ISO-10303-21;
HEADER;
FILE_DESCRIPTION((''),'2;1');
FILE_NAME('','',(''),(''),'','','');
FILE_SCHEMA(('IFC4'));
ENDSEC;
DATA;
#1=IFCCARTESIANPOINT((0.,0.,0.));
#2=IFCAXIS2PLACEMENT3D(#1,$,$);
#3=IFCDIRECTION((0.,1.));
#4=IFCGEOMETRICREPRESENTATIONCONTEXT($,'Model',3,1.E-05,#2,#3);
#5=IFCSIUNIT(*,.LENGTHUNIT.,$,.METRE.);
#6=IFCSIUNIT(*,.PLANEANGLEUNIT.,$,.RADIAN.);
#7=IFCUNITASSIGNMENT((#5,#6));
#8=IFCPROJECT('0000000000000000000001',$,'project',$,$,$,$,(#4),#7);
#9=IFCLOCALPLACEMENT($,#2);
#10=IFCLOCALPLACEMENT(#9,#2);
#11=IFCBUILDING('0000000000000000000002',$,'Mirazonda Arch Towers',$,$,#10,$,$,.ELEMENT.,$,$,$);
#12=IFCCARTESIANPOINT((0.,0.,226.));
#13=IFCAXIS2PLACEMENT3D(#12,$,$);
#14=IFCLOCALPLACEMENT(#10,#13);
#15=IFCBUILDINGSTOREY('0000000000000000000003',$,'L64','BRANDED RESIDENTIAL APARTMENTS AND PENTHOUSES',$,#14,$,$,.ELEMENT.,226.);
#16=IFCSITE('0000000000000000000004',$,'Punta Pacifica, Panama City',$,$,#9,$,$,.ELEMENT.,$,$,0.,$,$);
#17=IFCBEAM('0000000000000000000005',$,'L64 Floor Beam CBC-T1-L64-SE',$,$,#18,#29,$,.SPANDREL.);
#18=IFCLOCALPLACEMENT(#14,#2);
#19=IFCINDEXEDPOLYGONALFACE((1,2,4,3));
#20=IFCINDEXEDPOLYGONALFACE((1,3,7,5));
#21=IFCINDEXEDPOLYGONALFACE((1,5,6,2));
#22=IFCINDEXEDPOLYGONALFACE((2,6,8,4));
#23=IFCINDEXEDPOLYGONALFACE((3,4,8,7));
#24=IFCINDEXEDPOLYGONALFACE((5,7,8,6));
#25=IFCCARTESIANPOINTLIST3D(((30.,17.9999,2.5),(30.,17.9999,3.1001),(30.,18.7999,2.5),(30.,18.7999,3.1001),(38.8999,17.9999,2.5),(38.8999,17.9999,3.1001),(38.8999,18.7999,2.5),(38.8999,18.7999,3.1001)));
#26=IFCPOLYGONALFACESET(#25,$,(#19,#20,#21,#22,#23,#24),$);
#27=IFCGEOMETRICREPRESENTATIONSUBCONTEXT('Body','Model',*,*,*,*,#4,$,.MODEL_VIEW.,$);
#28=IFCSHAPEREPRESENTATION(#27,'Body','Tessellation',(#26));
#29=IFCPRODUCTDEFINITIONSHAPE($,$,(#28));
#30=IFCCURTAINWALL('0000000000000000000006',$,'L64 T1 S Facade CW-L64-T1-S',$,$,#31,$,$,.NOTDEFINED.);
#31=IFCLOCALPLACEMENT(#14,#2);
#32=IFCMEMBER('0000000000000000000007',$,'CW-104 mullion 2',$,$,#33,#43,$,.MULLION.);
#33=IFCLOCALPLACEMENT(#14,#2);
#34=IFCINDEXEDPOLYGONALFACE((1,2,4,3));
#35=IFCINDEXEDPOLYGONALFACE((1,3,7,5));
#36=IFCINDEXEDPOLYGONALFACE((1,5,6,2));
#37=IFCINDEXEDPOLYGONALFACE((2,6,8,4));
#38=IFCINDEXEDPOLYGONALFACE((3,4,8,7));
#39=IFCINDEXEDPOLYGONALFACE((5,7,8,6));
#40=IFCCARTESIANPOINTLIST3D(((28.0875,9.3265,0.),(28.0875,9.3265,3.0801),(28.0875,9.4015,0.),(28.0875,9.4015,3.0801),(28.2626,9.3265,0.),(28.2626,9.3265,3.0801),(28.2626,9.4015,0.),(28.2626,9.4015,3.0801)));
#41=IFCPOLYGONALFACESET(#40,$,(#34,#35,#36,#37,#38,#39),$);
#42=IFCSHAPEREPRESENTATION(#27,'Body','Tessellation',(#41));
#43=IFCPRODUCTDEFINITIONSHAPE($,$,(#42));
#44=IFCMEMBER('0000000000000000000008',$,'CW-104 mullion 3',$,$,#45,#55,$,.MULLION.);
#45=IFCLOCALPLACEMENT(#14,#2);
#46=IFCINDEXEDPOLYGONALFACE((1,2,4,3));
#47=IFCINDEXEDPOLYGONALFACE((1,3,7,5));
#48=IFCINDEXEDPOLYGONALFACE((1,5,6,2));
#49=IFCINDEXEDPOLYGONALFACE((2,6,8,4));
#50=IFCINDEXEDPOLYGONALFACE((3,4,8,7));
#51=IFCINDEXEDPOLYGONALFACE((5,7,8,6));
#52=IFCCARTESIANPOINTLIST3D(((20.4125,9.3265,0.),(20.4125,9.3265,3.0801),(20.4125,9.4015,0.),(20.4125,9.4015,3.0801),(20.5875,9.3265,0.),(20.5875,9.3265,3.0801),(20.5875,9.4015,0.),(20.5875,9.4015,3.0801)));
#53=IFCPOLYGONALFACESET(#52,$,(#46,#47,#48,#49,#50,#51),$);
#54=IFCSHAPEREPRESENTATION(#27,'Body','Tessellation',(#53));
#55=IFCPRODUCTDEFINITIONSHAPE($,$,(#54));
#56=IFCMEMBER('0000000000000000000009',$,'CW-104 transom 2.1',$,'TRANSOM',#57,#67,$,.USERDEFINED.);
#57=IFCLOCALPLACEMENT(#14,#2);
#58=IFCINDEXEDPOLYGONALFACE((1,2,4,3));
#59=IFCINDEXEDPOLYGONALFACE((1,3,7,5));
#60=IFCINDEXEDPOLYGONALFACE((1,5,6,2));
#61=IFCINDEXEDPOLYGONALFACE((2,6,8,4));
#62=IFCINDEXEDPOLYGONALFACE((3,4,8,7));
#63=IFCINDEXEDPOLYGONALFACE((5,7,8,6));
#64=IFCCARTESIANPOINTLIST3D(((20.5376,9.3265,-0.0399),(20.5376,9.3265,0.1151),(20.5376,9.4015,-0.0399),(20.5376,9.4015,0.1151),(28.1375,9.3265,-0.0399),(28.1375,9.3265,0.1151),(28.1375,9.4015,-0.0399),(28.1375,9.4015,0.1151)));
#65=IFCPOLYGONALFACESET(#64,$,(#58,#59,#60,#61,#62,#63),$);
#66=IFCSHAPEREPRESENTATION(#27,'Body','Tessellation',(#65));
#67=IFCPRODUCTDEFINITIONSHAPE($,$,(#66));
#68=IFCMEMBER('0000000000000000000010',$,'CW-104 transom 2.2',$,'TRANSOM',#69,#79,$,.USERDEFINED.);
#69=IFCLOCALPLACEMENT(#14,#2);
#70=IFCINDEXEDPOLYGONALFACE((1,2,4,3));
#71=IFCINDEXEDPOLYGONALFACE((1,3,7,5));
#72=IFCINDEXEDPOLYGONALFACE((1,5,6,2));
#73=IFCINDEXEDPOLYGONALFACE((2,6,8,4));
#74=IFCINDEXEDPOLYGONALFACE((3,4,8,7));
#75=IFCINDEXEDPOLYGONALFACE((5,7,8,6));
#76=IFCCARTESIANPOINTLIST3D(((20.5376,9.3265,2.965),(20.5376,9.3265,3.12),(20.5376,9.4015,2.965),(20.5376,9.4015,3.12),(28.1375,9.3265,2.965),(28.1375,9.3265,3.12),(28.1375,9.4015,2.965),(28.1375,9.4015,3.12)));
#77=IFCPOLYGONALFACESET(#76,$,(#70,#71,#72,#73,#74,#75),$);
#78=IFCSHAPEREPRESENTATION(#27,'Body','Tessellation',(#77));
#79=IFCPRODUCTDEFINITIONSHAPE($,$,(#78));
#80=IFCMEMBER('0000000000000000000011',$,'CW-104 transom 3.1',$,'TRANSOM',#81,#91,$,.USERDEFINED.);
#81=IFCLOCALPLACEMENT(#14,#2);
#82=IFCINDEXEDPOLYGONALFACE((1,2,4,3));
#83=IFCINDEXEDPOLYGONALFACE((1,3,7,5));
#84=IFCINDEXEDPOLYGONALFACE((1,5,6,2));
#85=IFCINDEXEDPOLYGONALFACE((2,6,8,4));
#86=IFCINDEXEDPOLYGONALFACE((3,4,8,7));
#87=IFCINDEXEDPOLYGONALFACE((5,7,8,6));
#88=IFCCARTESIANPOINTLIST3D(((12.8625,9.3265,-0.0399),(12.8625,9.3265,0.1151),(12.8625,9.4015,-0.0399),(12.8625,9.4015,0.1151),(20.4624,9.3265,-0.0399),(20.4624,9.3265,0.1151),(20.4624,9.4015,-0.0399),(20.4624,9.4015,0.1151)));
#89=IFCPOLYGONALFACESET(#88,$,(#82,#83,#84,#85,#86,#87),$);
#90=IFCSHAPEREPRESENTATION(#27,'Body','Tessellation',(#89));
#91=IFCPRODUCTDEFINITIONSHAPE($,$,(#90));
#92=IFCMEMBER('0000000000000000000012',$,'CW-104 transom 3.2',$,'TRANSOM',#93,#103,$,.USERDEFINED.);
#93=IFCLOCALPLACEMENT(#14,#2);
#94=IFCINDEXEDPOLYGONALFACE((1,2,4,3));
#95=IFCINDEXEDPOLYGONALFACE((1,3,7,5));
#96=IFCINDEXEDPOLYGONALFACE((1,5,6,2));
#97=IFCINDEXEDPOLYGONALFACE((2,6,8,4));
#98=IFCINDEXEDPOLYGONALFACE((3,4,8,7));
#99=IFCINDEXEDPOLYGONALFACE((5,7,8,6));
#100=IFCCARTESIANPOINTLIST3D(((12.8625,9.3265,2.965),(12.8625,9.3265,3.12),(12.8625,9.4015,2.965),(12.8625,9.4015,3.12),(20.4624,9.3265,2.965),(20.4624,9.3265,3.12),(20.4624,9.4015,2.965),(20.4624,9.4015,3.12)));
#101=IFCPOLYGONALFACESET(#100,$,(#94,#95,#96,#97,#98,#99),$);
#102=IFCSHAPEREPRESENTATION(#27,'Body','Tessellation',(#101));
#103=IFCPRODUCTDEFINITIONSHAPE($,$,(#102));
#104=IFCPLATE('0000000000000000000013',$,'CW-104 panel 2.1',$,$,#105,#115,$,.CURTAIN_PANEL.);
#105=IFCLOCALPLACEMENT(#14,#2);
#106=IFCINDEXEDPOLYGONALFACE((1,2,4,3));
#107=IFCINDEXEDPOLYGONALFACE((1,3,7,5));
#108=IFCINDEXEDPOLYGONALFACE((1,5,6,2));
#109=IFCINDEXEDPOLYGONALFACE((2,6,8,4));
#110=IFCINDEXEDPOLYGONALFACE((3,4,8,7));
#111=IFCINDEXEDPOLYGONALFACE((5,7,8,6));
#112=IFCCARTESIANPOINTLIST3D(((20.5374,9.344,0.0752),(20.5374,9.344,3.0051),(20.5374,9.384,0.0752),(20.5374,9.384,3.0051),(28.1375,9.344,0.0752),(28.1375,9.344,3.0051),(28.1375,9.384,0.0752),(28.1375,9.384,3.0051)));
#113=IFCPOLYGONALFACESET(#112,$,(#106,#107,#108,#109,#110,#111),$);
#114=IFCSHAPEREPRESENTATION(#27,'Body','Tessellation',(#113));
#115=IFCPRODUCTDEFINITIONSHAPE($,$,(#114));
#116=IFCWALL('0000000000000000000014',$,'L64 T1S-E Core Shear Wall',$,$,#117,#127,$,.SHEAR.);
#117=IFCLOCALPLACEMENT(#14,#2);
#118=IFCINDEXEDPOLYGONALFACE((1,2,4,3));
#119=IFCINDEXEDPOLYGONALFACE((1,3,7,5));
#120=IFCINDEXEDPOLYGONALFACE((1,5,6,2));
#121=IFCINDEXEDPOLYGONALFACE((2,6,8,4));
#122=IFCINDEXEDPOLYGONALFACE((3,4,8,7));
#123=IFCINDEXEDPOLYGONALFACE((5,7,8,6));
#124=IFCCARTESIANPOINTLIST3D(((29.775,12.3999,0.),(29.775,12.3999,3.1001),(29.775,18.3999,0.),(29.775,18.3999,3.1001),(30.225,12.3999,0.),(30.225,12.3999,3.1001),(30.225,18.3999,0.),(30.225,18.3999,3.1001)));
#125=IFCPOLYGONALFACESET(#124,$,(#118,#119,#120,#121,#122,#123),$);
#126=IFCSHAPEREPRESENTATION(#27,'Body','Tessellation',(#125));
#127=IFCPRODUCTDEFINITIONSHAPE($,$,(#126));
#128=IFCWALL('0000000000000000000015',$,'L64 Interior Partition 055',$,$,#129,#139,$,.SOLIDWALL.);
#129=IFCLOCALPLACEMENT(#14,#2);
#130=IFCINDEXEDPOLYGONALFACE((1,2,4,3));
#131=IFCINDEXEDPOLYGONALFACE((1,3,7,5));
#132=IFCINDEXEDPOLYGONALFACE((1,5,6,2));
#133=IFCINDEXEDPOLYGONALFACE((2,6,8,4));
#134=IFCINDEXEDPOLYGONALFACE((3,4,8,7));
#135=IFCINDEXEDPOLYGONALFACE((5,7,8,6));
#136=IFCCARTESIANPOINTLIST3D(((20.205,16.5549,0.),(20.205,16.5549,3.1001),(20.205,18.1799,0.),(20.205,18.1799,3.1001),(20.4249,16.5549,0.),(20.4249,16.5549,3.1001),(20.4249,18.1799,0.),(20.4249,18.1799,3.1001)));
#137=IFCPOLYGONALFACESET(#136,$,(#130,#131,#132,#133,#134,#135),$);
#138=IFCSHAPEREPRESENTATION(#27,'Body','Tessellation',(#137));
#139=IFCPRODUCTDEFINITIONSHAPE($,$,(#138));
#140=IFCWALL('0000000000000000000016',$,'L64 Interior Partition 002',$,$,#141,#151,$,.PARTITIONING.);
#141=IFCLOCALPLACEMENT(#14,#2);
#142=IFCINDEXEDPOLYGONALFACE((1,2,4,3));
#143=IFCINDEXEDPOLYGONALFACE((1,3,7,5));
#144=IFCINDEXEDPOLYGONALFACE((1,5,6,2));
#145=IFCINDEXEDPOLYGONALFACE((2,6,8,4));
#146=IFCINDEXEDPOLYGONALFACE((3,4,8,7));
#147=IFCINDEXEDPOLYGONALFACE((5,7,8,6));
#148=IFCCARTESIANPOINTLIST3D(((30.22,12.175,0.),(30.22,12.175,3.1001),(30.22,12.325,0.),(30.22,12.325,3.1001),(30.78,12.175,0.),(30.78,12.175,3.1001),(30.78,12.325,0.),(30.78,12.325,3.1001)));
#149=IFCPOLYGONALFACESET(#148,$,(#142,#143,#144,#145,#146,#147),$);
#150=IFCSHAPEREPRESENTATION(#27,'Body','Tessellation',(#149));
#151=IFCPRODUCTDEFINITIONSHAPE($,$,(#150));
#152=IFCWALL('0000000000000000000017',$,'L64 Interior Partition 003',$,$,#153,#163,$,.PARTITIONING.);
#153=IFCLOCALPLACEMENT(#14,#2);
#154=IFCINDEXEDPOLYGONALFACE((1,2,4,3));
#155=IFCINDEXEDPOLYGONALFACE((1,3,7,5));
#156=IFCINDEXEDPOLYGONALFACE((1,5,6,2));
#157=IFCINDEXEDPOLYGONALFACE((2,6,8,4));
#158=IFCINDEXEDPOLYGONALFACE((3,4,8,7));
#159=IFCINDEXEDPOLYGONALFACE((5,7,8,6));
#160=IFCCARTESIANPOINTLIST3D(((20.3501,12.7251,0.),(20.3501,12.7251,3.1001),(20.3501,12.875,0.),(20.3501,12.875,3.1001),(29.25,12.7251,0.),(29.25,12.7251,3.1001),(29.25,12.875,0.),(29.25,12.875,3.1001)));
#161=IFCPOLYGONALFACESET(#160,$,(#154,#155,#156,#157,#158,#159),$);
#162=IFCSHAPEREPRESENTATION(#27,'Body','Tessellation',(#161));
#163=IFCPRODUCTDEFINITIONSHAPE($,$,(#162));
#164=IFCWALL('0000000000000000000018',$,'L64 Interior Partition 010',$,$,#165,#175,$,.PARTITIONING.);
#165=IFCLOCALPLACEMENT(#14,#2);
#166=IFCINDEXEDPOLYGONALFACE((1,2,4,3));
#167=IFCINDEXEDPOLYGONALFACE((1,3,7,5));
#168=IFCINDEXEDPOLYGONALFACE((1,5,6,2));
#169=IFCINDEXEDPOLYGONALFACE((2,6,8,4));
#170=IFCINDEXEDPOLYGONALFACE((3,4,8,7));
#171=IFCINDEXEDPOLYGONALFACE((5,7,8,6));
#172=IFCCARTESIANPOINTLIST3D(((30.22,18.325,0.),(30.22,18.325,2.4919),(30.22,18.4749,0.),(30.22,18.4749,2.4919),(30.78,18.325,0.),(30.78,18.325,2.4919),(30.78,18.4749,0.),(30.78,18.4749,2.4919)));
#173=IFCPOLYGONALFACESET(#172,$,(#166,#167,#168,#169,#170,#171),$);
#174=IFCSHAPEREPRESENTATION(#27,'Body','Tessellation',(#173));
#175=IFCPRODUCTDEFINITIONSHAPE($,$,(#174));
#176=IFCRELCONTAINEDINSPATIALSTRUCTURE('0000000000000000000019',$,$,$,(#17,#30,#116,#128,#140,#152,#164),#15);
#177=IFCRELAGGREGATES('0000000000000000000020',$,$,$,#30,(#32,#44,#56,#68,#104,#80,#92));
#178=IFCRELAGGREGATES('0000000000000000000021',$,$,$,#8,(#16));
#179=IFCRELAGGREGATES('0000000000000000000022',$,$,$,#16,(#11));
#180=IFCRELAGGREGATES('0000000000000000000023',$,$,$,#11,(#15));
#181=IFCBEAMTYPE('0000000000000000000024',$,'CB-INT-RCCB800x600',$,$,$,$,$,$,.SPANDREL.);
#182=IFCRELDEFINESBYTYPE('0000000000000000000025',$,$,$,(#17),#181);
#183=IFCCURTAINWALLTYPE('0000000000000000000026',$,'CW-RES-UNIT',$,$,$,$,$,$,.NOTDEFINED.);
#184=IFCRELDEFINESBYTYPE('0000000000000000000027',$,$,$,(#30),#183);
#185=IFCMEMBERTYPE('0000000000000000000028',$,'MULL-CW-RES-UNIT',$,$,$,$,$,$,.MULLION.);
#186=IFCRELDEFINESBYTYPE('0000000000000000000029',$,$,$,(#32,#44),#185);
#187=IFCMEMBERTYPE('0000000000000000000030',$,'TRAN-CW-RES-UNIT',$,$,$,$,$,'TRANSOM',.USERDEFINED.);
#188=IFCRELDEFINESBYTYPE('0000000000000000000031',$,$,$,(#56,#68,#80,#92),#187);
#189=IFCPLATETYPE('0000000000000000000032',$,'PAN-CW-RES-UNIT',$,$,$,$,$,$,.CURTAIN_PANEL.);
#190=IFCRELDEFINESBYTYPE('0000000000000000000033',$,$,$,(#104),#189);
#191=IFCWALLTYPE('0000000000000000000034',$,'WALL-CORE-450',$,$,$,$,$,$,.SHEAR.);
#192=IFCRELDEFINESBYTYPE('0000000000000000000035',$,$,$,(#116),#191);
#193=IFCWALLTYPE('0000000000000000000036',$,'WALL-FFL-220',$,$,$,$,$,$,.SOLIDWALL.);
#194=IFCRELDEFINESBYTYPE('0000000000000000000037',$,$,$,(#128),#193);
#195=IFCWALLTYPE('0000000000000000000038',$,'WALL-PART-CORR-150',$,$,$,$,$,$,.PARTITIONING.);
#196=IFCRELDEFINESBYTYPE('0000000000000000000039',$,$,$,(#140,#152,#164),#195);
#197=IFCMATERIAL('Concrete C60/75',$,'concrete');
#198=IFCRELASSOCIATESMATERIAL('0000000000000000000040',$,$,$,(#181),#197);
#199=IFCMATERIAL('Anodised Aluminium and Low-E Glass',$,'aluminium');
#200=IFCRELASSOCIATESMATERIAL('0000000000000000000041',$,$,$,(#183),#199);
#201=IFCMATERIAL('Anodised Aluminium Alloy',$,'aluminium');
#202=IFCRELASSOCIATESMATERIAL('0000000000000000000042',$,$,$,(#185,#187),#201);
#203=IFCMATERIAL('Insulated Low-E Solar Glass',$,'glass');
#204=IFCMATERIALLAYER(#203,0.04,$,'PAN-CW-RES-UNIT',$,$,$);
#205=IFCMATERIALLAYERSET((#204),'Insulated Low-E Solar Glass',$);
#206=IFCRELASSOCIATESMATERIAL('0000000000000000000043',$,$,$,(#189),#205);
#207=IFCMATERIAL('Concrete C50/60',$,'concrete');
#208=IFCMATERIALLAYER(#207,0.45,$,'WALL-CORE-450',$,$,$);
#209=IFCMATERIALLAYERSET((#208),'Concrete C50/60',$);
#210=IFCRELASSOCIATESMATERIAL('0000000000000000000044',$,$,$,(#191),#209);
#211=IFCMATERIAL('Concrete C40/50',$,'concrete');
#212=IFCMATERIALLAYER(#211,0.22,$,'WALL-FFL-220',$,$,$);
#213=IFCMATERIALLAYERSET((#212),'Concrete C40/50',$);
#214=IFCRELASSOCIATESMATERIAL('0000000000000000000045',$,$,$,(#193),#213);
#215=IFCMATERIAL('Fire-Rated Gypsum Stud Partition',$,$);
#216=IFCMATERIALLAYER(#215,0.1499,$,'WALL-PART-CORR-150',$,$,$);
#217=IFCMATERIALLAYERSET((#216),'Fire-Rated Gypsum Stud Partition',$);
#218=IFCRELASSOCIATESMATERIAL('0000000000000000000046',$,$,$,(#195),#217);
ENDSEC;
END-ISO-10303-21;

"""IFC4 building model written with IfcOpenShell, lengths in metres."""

from ifc_helpers import new_model, si_unit, direction, frame, frame_2d, origin, origin_2d, place, context, subcontext, project, spatial, rectangle, extrude, material, layer, layer_set, material_profile, profile_set, type_object, element, aggregate, save


model = new_model("IFC4")

# Units and contexts
model_context = context("Model", 3, precision=1e-05, world=origin(), true_north=direction((0.0, 1.0)))
body_context = subcontext(model_context, "Body", "Model", "MODEL_VIEW")
ifc_project = project(units=[si_unit("LENGTHUNIT", "METRE"), si_unit("PLANEANGLEUNIT", "RADIAN")], contexts=[model_context])

# Site, building, storey
site_placement = place(None, origin())
site = spatial("IfcSite", under=ifc_project, at=site_placement, Name="Punta Pacifica, Panama City", CompositionType="ELEMENT", RefElevation=0.0)
building_placement = place(site_placement, origin())
building = spatial("IfcBuilding", under=site, at=building_placement, Name="Mirazonda Arch Towers", CompositionType="ELEMENT")
storey_placement = place(building_placement, frame((0.0, 0.0, 226.0)))
storey = spatial("IfcBuildingStorey", under=building, at=storey_placement, Name="L64", Description="BRANDED RESIDENTIAL APARTMENTS AND PENTHOUSES", CompositionType="ELEMENT", Elevation=226.0)

# Shared definitions
ifc_material_1 = material(Name="Concrete C50/60", Category="concrete")

# Beam
ifc_material_2 = material(Name="Concrete C60/75", Category="concrete")
ifc_material_profile_1 = material_profile(ifc_material_2, rectangle(XDim=0.8, YDim=0.6001, at=origin_2d()), Name="RCCB800x600")
ifc_profile_set_1 = profile_set([ifc_material_profile_1], Name="Concrete C60/75")
beam_type_1 = type_object("IfcBeamType", Name="CB-INT-RCCB800x600", PredefinedType="SPANDREL", material=ifc_profile_set_1)
beam_1_placement = place(storey_placement, frame((30.0, 18.3999, 2.8), z_axis=(1.0, 0.0, 0.0), x_axis=(0.0, 1.0, 0.0)))
element("IfcBeam", 1, at=beam_1_placement, inside=storey, type_object=beam_type_1, Name="L64 Floor Beam CBC-T1-L64-SE", PredefinedType="SPANDREL", context=body_context, shape_type="SweptSolid", body=[
    extrude(rectangle(XDim=0.8, YDim=0.6001, at=origin_2d()), origin(), (0.0, 0.0, 1.0), 8.8999),
])

# Curtain wall, members, plate
ifc_material_3 = material(Name="Anodised Aluminium and Low-E Glass", Category="aluminium")
curtain_wall_type = type_object("IfcCurtainWallType", Name="CW-RES-UNIT", PredefinedType="NOTDEFINED", material=ifc_material_3)
curtain_wall_placement = place(storey_placement, origin())
curtain_wall = element("IfcCurtainWall", 2, at=curtain_wall_placement, inside=storey, type_object=curtain_wall_type, Name="L64 T1 S Facade CW-L64-T1-S", PredefinedType="NOTDEFINED")
ifc_material_4 = material(Name="Anodised Aluminium Alloy", Category="aluminium")
ifc_material_profile_2 = material_profile(ifc_material_4, rectangle(XDim=0.075, YDim=0.175, at=origin_2d()), Name="ALU-MULL-75x175")
ifc_profile_set_2 = profile_set([ifc_material_profile_2], Name="Anodised Aluminium Alloy")
member_type_1 = type_object("IfcMemberType", Name="MULL-CW-RES-UNIT", PredefinedType="MULLION", material=ifc_profile_set_2)
member_1_placement = place(storey_placement, frame((28.175, 9.364, 0.0), z_axis=(0.0, 0.0, 1.0), x_axis=(0.0, -1.0, 0.0)))
member_1 = element("IfcMember", 3, at=member_1_placement, type_object=member_type_1, Name="CW-104 mullion 2", PredefinedType="MULLION", context=body_context, shape_type="SweptSolid", body=[
    extrude(rectangle(XDim=0.075, YDim=0.175, at=origin_2d()), origin(), (0.0, 0.0, 1.0), 3.0801),
])
member_2_placement = place(storey_placement, frame((20.5, 9.364, 0.0), z_axis=(0.0, 0.0, 1.0), x_axis=(0.0, -1.0, 0.0)))
member_2 = element("IfcMember", 4, at=member_2_placement, type_object=member_type_1, Name="CW-104 mullion 3", PredefinedType="MULLION", context=body_context, shape_type="SweptSolid", body=[
    extrude(rectangle(XDim=0.075, YDim=0.175, at=origin_2d()), origin(), (0.0, 0.0, 1.0), 3.0801),
])
ifc_material_profile_3 = material_profile(ifc_material_4, rectangle(XDim=0.075, YDim=0.155, at=origin_2d()), Name="ALU-TRAN-75x155")
ifc_profile_set_3 = profile_set([ifc_material_profile_3], Name="Anodised Aluminium Alloy")
member_type_2 = type_object("IfcMemberType", Name="TRAN-CW-RES-UNIT", ElementType="TRANSOM", PredefinedType="USERDEFINED", material=ifc_profile_set_3)
member_3_placement = place(storey_placement, frame((28.1375, 9.364, 0.0376), z_axis=(-1.0, 0.0, 0.0), x_axis=(0.0, -1.0, 0.0)))
member_3 = element("IfcMember", 5, at=member_3_placement, type_object=member_type_2, Name="CW-104 transom 2.1", ObjectType="TRANSOM", PredefinedType="USERDEFINED", context=body_context, shape_type="SweptSolid", body=[
    extrude(rectangle(XDim=0.075, YDim=0.155, at=origin_2d()), origin(), (0.0, 0.0, 1.0), 7.5999),
])
member_4_placement = place(storey_placement, frame((28.1375, 9.364, 3.0425), z_axis=(-1.0, 0.0, 0.0), x_axis=(0.0, -1.0, 0.0)))
member_4 = element("IfcMember", 6, at=member_4_placement, type_object=member_type_2, Name="CW-104 transom 2.2", ObjectType="TRANSOM", PredefinedType="USERDEFINED", context=body_context, shape_type="SweptSolid", body=[
    extrude(rectangle(XDim=0.075, YDim=0.155, at=origin_2d()), origin(), (0.0, 0.0, 1.0), 7.5999),
])
member_5_placement = place(storey_placement, frame((20.4624, 9.364, 0.0376), z_axis=(-1.0, 0.0, 0.0), x_axis=(0.0, -1.0, 0.0)))
member_5 = element("IfcMember", 7, at=member_5_placement, type_object=member_type_2, Name="CW-104 transom 3.1", ObjectType="TRANSOM", PredefinedType="USERDEFINED", context=body_context, shape_type="SweptSolid", body=[
    extrude(rectangle(XDim=0.075, YDim=0.155, at=origin_2d()), origin(), (0.0, 0.0, 1.0), 7.5999),
])
member_6_placement = place(storey_placement, frame((20.4624, 9.364, 3.0425), z_axis=(-1.0, 0.0, 0.0), x_axis=(0.0, -1.0, 0.0)))
member_6 = element("IfcMember", 8, at=member_6_placement, type_object=member_type_2, Name="CW-104 transom 3.2", ObjectType="TRANSOM", PredefinedType="USERDEFINED", context=body_context, shape_type="SweptSolid", body=[
    extrude(rectangle(XDim=0.075, YDim=0.155, at=origin_2d()), origin(), (0.0, 0.0, 1.0), 7.5999),
])
ifc_material_5 = material(Name="Insulated Low-E Solar Glass", Category="glass")
ifc_layer_1 = layer(ifc_material_5, 0.04, Name="PAN-CW-RES-UNIT")
ifc_layer_set_1 = layer_set([ifc_layer_1], Name="Insulated Low-E Solar Glass")
plate_type = type_object("IfcPlateType", Name="PAN-CW-RES-UNIT", PredefinedType="CURTAIN_PANEL", material=ifc_layer_set_1)
plate_placement = place(storey_placement, frame((24.3374, 9.364, 0.0752), z_axis=(0.0, 0.0, 1.0), x_axis=(-1.0, 0.0, 0.0)))
plate = element("IfcPlate", 9, at=plate_placement, type_object=plate_type, Name="CW-104 panel 2.1", PredefinedType="CURTAIN_PANEL", context=body_context, shape_type="SweptSolid", body=[
    extrude(rectangle(XDim=7.6001, YDim=0.04, at=origin_2d()), origin(), (0.0, 0.0, 1.0), 2.9299),
])
aggregate(curtain_wall, [member_1, member_2, member_3, member_4, plate, member_5, member_6])

# Walls
ifc_layer_2 = layer(ifc_material_1, 0.45, Name="WALL-CORE-450")
ifc_layer_set_2 = layer_set([ifc_layer_2], Name="Concrete C50/60")
wall_type_1 = type_object("IfcWallType", Name="WALL-CORE-450", PredefinedType="SHEAR", material=ifc_layer_set_2)
wall_1_placement = place(storey_placement, frame((30.0, 12.3999, 0.0), z_axis=(0.0, 0.0, 1.0), x_axis=(0.0, 1.0, 0.0)))
element("IfcWall", 10, at=wall_1_placement, inside=storey, type_object=wall_type_1, Name="L64 T1S-E Core Shear Wall", PredefinedType="SHEAR", context=body_context, shape_type="SweptSolid", body=[
    extrude(rectangle(XDim=6.0, YDim=0.45, at=frame_2d((3.0, 0.0))), origin(), (0.0, 0.0, 1.0), 3.1001),
])
ifc_material_6 = material(Name="Concrete C40/50", Category="concrete")
ifc_layer_3 = layer(ifc_material_6, 0.22, Name="WALL-FFL-220")
ifc_layer_set_3 = layer_set([ifc_layer_3], Name="Concrete C40/50")
wall_type_2 = type_object("IfcWallType", Name="WALL-FFL-220", PredefinedType="SOLIDWALL", material=ifc_layer_set_3)
wall_2_placement = place(storey_placement, frame((20.3149, 16.5549, 0.0), z_axis=(0.0, 0.0, 1.0), x_axis=(0.0, 1.0, 0.0)))
element("IfcWall", 11, at=wall_2_placement, inside=storey, type_object=wall_type_2, Name="L64 Interior Partition 055", PredefinedType="SOLIDWALL", context=body_context, shape_type="SweptSolid", body=[
    extrude(rectangle(XDim=1.625, YDim=0.22, at=frame_2d((0.8125, 0.0))), origin(), (0.0, 0.0, 1.0), 3.1001),
])
ifc_material_7 = material(Name="Fire-Rated Gypsum Stud Partition")
ifc_layer_4 = layer(ifc_material_7, 0.1499, Name="WALL-PART-CORR-150")
ifc_layer_set_4 = layer_set([ifc_layer_4], Name="Fire-Rated Gypsum Stud Partition")
wall_type_3 = type_object("IfcWallType", Name="WALL-PART-CORR-150", PredefinedType="PARTITIONING", material=ifc_layer_set_4)
wall_3_placement = place(storey_placement, frame((30.22, 12.25, 0.0), z_axis=(0.0, 0.0, 1.0), x_axis=(1.0, 0.0, 0.0)))
element("IfcWall", 12, at=wall_3_placement, inside=storey, type_object=wall_type_3, Name="L64 Interior Partition 002", PredefinedType="PARTITIONING", context=body_context, shape_type="SweptSolid", body=[
    extrude(rectangle(XDim=0.5601, YDim=0.1499, at=frame_2d((0.28, 0.0))), origin(), (0.0, 0.0, 1.0), 3.1001),
])
wall_4_placement = place(storey_placement, frame((20.3501, 12.8, 0.0), z_axis=(0.0, 0.0, 1.0), x_axis=(1.0, 0.0, 0.0)))
element("IfcWall", 13, at=wall_4_placement, inside=storey, type_object=wall_type_3, Name="L64 Interior Partition 003", PredefinedType="PARTITIONING", context=body_context, shape_type="SweptSolid", body=[
    extrude(rectangle(XDim=8.8999, YDim=0.1499, at=frame_2d((4.45, 0.0))), origin(), (0.0, 0.0, 1.0), 3.1001),
])
wall_5_placement = place(storey_placement, frame((30.22, 18.3999, 0.0), z_axis=(0.0, 0.0, 1.0), x_axis=(1.0, 0.0, 0.0)))
element("IfcWall", 14, at=wall_5_placement, inside=storey, type_object=wall_type_3, Name="L64 Interior Partition 010", PredefinedType="PARTITIONING", context=body_context, shape_type="SweptSolid", body=[
    extrude(rectangle(XDim=0.5601, YDim=0.1499, at=frame_2d((0.28, 0.0))), origin(), (0.0, 0.0, 1.0), 2.4919),
])

save(model, "model.ifc")
